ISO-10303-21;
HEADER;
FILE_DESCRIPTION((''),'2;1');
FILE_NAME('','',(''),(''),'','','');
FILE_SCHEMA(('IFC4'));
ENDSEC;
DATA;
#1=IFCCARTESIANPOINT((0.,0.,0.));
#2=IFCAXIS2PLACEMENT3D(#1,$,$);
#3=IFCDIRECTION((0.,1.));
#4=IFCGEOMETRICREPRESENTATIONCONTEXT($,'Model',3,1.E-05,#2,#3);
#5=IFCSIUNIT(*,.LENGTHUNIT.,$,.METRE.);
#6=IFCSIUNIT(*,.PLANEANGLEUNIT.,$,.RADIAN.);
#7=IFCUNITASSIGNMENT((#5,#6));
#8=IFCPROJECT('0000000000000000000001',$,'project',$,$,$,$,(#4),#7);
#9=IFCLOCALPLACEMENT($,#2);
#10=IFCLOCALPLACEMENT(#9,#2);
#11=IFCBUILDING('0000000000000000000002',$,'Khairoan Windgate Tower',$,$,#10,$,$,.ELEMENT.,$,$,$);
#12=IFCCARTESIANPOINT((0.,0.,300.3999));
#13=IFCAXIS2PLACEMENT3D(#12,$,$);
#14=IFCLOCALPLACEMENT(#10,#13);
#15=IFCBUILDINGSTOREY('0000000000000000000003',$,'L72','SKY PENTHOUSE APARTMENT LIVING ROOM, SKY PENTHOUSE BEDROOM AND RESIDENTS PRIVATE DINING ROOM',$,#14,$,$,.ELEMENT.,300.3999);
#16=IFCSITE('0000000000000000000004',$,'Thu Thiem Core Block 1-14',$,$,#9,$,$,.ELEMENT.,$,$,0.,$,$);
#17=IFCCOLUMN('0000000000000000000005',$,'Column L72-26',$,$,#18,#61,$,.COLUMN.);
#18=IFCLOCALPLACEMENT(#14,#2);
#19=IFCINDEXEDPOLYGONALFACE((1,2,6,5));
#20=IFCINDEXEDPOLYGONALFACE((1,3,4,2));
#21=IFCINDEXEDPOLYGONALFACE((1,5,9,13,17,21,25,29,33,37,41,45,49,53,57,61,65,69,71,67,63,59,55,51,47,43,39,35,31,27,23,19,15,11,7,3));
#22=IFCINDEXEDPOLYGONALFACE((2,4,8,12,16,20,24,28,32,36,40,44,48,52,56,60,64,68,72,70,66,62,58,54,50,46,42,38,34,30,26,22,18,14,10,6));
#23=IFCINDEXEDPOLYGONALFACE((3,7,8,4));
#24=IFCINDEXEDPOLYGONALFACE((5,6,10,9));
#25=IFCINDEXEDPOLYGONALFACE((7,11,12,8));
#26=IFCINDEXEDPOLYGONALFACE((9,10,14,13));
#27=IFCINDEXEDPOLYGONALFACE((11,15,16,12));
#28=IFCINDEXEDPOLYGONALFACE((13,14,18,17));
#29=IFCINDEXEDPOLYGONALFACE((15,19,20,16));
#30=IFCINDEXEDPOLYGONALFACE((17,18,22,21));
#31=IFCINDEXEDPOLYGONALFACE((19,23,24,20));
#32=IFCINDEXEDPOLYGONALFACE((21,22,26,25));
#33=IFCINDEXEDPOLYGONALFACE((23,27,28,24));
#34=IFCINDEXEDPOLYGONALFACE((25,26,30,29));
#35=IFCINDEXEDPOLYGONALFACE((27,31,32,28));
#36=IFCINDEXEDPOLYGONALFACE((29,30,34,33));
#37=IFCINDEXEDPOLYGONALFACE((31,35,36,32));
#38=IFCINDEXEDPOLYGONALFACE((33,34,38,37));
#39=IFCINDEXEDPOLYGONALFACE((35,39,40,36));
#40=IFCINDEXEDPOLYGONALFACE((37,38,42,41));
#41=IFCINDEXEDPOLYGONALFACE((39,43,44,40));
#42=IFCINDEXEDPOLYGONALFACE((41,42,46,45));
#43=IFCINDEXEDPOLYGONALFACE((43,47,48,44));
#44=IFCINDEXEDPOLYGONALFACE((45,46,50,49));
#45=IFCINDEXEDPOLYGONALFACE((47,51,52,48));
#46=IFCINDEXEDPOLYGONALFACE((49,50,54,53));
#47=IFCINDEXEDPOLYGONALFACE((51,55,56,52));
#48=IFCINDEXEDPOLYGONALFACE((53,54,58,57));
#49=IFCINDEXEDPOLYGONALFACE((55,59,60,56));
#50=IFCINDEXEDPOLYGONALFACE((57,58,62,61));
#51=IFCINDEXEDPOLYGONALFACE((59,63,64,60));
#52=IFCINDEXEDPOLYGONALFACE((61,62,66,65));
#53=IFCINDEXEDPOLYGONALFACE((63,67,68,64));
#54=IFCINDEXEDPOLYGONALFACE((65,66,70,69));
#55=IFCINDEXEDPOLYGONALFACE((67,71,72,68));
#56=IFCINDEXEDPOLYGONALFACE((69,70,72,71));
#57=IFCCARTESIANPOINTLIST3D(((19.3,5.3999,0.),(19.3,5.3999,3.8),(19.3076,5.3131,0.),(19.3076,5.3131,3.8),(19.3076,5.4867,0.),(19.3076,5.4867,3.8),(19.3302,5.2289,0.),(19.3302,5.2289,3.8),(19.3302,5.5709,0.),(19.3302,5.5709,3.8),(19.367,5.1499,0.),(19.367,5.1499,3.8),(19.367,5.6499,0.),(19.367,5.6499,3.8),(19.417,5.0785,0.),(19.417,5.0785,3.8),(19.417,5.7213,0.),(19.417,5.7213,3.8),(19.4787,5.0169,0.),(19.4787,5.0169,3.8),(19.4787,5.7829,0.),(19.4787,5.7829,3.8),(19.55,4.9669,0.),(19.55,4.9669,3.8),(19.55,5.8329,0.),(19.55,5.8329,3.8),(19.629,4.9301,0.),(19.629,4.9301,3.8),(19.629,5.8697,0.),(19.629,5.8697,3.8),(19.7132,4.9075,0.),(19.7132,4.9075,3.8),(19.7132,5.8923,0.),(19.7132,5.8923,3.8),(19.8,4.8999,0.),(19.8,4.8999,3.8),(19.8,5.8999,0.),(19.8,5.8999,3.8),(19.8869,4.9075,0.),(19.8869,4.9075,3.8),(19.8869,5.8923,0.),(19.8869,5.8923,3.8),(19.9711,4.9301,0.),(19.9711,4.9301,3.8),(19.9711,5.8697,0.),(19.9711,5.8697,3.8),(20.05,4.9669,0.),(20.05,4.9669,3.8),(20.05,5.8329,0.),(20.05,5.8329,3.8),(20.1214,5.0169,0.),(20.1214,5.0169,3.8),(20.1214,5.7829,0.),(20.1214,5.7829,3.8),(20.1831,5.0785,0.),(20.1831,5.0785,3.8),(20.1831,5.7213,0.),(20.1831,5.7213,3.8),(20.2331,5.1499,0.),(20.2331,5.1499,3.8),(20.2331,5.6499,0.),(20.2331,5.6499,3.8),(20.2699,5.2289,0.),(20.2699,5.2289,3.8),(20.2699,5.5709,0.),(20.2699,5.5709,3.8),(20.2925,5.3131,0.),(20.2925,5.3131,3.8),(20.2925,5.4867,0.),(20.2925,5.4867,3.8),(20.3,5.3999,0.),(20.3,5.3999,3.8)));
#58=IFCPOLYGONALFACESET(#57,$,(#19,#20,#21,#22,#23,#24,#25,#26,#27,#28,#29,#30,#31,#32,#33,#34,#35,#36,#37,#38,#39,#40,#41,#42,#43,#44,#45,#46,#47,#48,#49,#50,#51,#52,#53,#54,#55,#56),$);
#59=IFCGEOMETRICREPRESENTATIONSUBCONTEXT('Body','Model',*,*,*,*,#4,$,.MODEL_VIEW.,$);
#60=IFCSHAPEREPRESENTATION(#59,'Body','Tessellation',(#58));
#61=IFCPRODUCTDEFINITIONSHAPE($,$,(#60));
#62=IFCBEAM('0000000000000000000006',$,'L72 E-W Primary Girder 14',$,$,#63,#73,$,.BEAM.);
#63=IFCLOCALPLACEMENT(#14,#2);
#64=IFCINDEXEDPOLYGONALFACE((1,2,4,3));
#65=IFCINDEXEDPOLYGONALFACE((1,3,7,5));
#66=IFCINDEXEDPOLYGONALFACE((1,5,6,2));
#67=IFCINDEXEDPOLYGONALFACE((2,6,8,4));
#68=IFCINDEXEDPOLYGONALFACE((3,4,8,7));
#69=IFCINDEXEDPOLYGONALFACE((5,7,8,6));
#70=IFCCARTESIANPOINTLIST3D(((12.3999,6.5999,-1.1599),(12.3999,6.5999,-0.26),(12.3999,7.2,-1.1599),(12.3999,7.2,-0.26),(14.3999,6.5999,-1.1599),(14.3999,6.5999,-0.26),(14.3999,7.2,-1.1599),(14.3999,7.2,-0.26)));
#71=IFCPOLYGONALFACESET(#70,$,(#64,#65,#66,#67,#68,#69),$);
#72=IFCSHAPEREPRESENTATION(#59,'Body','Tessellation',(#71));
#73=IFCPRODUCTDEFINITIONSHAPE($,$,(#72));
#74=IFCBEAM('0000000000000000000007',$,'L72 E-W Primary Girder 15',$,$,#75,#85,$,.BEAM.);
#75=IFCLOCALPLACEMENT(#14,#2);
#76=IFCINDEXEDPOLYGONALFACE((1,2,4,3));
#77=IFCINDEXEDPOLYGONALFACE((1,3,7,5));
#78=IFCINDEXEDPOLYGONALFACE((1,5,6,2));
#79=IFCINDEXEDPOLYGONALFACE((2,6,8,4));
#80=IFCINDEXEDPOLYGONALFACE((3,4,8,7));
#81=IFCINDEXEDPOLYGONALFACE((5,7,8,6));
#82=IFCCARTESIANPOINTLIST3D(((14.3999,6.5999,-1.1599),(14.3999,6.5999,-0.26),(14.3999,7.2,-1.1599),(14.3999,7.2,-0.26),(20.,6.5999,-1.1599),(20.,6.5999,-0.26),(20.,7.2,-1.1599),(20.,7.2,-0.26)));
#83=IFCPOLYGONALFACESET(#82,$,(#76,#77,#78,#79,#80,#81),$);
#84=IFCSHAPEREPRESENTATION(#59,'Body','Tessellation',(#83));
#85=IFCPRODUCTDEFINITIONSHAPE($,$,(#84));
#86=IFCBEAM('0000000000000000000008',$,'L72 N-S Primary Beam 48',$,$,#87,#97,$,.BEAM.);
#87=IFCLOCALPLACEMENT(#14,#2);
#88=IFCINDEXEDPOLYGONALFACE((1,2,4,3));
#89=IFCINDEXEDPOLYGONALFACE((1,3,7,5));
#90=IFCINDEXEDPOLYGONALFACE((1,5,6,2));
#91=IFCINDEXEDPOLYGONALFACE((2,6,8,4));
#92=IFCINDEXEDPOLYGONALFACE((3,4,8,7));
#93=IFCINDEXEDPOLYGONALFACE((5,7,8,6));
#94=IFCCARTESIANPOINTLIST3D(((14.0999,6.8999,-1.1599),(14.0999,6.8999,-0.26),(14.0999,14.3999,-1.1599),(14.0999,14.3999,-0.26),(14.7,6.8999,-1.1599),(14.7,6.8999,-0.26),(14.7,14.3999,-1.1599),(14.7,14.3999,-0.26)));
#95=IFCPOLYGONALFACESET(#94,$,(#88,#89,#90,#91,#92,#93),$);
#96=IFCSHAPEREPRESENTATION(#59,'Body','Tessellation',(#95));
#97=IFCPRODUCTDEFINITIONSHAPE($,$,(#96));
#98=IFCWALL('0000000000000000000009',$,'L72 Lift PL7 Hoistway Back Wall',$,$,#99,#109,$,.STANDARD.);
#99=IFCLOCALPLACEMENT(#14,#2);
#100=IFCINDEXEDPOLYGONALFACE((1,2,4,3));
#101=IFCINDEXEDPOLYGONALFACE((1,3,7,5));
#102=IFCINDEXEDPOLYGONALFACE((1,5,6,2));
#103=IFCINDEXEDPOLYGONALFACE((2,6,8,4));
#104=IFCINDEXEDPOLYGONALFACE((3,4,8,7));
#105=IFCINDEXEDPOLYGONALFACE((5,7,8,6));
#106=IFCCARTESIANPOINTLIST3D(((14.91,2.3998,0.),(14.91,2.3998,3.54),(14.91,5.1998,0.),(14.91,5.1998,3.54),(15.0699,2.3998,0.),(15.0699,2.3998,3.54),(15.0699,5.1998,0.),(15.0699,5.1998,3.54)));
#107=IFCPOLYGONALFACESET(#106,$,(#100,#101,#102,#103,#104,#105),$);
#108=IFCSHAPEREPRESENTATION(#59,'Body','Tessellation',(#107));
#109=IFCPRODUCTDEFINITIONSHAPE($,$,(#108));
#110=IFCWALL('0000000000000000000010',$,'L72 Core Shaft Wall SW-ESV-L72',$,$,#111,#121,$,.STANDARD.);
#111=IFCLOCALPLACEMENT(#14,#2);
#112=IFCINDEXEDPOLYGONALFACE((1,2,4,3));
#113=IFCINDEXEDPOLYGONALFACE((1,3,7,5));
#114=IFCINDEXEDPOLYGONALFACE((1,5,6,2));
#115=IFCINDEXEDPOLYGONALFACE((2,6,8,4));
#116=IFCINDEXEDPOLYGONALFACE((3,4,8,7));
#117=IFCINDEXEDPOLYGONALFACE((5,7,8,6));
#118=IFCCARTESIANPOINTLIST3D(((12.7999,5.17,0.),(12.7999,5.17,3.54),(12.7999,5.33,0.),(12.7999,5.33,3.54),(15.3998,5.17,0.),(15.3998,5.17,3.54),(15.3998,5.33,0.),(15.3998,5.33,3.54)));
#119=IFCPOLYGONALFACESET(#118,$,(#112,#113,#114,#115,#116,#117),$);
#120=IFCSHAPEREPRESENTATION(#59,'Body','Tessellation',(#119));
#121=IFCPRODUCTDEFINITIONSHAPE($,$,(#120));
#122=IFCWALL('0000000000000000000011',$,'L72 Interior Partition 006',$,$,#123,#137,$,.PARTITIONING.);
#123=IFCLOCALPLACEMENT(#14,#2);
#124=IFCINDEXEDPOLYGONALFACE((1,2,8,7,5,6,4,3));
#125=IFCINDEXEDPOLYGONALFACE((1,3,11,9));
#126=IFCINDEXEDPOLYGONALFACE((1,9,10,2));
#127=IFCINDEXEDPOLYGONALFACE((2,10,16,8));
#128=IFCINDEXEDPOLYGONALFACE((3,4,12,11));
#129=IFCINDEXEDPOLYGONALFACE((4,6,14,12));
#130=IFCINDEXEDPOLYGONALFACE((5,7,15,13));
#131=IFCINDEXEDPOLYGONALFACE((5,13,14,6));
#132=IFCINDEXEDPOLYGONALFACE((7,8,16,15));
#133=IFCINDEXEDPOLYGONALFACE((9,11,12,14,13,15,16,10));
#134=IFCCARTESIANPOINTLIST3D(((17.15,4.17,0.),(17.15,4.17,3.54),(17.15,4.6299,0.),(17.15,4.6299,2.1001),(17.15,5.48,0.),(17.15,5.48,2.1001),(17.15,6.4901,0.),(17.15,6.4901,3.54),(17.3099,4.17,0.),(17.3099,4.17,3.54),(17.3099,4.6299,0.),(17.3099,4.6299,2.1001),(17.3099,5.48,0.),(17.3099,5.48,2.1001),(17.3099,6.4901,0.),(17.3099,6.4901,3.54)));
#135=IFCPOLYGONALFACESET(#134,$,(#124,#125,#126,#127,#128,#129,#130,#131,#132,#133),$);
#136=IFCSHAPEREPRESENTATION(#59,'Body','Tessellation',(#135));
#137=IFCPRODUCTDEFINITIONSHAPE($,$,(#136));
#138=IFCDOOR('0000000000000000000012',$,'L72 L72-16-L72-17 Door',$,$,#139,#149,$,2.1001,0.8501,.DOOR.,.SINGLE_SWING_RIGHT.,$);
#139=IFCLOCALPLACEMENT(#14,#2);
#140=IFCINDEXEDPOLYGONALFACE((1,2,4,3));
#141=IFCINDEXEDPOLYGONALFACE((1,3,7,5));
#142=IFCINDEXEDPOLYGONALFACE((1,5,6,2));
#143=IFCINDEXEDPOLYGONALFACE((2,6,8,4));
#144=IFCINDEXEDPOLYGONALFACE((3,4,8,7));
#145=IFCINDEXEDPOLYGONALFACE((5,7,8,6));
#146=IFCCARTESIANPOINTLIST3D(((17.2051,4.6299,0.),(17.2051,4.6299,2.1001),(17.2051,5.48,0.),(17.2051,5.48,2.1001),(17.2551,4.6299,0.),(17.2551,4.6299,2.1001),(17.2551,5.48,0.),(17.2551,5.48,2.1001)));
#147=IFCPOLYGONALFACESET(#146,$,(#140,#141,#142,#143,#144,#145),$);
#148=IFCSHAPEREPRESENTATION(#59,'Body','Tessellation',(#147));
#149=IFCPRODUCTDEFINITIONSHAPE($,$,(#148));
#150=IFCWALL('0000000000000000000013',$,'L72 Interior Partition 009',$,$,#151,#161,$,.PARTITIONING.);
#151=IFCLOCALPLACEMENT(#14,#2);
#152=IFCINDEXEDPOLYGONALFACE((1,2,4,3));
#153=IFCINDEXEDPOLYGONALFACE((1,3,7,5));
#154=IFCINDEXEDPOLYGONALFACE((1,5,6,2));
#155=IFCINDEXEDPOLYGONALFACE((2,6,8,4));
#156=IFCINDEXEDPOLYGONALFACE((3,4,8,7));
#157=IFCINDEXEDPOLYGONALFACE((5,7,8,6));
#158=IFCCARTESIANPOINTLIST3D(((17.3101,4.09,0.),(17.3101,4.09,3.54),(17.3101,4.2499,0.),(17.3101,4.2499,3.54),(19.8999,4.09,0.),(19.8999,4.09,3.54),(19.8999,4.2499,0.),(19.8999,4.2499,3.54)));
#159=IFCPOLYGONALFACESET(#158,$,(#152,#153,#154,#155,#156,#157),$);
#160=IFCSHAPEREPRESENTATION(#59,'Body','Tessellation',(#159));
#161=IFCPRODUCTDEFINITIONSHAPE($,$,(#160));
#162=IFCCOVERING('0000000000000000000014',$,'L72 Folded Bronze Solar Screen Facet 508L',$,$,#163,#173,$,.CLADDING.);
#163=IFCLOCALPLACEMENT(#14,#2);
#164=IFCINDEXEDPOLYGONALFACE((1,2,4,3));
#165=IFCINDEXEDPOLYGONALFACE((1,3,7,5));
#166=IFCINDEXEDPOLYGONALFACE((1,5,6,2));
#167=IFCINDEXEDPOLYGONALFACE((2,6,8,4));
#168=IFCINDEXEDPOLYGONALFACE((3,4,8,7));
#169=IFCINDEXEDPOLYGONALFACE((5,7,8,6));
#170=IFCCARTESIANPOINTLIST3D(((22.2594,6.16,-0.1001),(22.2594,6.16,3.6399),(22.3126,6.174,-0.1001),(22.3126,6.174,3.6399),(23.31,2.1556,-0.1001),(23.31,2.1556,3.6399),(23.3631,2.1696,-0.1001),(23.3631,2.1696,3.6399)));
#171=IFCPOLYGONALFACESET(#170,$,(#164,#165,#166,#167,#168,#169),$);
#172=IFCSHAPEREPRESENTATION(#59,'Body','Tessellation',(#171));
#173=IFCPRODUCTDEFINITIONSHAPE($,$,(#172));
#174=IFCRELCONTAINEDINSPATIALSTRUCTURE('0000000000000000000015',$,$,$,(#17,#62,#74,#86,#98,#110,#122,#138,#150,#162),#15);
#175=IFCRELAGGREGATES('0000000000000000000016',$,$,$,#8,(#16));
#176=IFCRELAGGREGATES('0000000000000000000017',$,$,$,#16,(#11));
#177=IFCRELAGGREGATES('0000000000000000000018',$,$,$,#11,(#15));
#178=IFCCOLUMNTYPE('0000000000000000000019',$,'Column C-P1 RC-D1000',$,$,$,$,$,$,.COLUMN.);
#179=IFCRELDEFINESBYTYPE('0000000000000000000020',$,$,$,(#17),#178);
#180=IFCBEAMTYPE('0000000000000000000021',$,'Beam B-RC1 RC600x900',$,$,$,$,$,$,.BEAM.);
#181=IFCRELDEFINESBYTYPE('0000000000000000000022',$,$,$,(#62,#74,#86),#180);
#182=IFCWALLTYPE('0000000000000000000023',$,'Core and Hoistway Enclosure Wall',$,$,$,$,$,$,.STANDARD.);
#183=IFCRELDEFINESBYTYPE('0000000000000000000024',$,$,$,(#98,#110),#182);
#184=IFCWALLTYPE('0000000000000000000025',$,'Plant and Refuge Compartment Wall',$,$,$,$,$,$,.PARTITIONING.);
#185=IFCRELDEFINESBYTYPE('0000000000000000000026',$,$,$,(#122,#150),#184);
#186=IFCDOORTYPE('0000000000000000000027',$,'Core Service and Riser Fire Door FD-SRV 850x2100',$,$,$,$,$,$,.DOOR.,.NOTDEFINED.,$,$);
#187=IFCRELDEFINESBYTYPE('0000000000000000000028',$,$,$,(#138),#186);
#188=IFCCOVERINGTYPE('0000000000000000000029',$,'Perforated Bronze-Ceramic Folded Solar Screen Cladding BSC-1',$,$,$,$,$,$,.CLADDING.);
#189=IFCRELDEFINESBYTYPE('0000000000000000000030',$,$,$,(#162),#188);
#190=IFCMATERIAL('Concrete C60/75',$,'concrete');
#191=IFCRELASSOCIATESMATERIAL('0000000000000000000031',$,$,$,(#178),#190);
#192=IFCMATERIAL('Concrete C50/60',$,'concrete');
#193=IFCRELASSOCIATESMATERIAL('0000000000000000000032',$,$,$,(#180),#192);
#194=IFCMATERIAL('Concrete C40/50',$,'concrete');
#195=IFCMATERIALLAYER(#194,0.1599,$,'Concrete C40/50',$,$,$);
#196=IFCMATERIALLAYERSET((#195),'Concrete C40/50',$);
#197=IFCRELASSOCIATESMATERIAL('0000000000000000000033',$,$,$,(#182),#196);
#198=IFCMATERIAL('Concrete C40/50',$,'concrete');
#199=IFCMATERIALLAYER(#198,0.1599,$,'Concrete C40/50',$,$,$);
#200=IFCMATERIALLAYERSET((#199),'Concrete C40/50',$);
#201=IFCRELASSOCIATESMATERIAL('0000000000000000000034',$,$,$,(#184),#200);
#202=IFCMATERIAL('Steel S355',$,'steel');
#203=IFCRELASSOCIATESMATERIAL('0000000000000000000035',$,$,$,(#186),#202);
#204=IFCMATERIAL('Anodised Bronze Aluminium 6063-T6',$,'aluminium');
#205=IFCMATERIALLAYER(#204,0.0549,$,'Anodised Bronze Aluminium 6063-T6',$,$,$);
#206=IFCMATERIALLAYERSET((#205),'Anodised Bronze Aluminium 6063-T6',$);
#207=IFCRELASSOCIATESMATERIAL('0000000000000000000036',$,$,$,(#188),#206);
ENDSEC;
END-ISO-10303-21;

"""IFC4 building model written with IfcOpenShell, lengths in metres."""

from ifc_helpers import new_model, si_unit, direction, frame, frame_2d, origin, origin_2d, place, context, subcontext, project, spatial, rectangle, circle, extrude, material, layer, layer_set, material_profile, profile_set, type_object, element, fill, save


model = new_model("IFC4")

# Units and contexts
model_context = context("Model", 3, precision=1e-05, world=origin(), true_north=direction((0.0, 1.0)))
body_context = subcontext(model_context, "Body", "Model", "MODEL_VIEW")
ifc_project = project(units=[si_unit("LENGTHUNIT", "METRE"), si_unit("PLANEANGLEUNIT", "RADIAN")], contexts=[model_context])

# Site, building, storey
site_placement = place(None, origin())
site = spatial("IfcSite", under=ifc_project, at=site_placement, Name="Thu Thiem Core Block 1-14", CompositionType="ELEMENT", RefElevation=0.0)
building_placement = place(site_placement, origin())
building = spatial("IfcBuilding", under=site, at=building_placement, Name="Khairoan Windgate Tower", CompositionType="ELEMENT")
storey_placement = place(building_placement, frame((0.0, 0.0, 300.3999)))
storey = spatial("IfcBuildingStorey", under=building, at=storey_placement, Name="L72", Description="SKY PENTHOUSE APARTMENT LIVING ROOM, SKY PENTHOUSE BEDROOM AND RESIDENTS PRIVATE DINING ROOM", CompositionType="ELEMENT", Elevation=300.3999)

# Column
ifc_material_1 = material(Name="Concrete C60/75", Category="concrete")
ifc_material_profile_1 = material_profile(ifc_material_1, circle(Radius=0.5, at=origin_2d()))
ifc_profile_set_1 = profile_set([ifc_material_profile_1], Name="Concrete C60/75")
column_type = type_object("IfcColumnType", Name="Column C-P1 RC-D1000", PredefinedType="COLUMN", material=ifc_profile_set_1)
column_placement = place(storey_placement, frame((19.8, 5.3999, 0.0), z_axis=(0.0, 0.0, 1.0), x_axis=(1.0, 0.0, 0.0)))
element("IfcColumn", 1, at=column_placement, inside=storey, type_object=column_type, Name="Column L72-26", PredefinedType="COLUMN", context=body_context, shape_type="SweptSolid", body=[
    extrude(circle(Radius=0.5, at=origin_2d()), origin(), (0.0, 0.0, 1.0), 3.8),
])

# Beams
ifc_material_2 = material(Name="Concrete C50/60", Category="concrete")
ifc_material_profile_2 = material_profile(ifc_material_2, rectangle(XDim=0.6001, YDim=0.8999, at=origin_2d()))
ifc_profile_set_2 = profile_set([ifc_material_profile_2], Name="Concrete C50/60")
beam_type = type_object("IfcBeamType", Name="Beam B-RC1 RC600x900", PredefinedType="BEAM", material=ifc_profile_set_2)
beam_1_placement = place(storey_placement, frame((12.3999, 6.8999, -0.71), z_axis=(1.0, 0.0, 0.0), x_axis=(0.0, 1.0, 0.0)))
element("IfcBeam", 2, at=beam_1_placement, inside=storey, type_object=beam_type, Name="L72 E-W Primary Girder 14", PredefinedType="BEAM", context=body_context, shape_type="SweptSolid", body=[
    extrude(rectangle(XDim=0.6001, YDim=0.8999, at=origin_2d()), origin(), (0.0, 0.0, 1.0), 2.0),
])
beam_2_placement = place(storey_placement, frame((14.3999, 6.8999, -0.71), z_axis=(1.0, 0.0, 0.0), x_axis=(0.0, 1.0, 0.0)))
element("IfcBeam", 3, at=beam_2_placement, inside=storey, type_object=beam_type, Name="L72 E-W Primary Girder 15", PredefinedType="BEAM", context=body_context, shape_type="SweptSolid", body=[
    extrude(rectangle(XDim=0.6001, YDim=0.8999, at=origin_2d()), origin(), (0.0, 0.0, 1.0), 5.6001),
])
beam_3_placement = place(storey_placement, frame((14.3999, 6.8999, -0.71), z_axis=(0.0, 1.0, 0.0), x_axis=(-1.0, 0.0, 0.0)))
element("IfcBeam", 4, at=beam_3_placement, inside=storey, type_object=beam_type, Name="L72 N-S Primary Beam 48", PredefinedType="BEAM", context=body_context, shape_type="SweptSolid", body=[
    extrude(rectangle(XDim=0.6001, YDim=0.8999, at=origin_2d()), origin(), (0.0, 0.0, 1.0), 7.5),
])

# Walls
ifc_material_3 = material(Name="Concrete C40/50", Category="concrete")
ifc_layer_1 = layer(ifc_material_3, 0.1599, Name="Concrete C40/50")
ifc_layer_set_1 = layer_set([ifc_layer_1], Name="Concrete C40/50")
wall_type_1 = type_object("IfcWallType", Name="Core and Hoistway Enclosure Wall", PredefinedType="STANDARD", material=ifc_layer_set_1)
wall_1_placement = place(storey_placement, frame((14.99, 2.3999, 0.0), z_axis=(0.0, 0.0, 1.0), x_axis=(0.0, 1.0, 0.0)))
element("IfcWall", 5, at=wall_1_placement, inside=storey, type_object=wall_type_1, Name="L72 Lift PL7 Hoistway Back Wall", PredefinedType="STANDARD", context=body_context, shape_type="SweptSolid", body=[
    extrude(rectangle(XDim=2.8, YDim=0.1599, at=frame_2d((1.3999, 0.0))), origin(), (0.0, 0.0, 1.0), 3.54),
])
wall_2_placement = place(storey_placement, frame((12.8, 5.25, 0.0), z_axis=(0.0, 0.0, 1.0), x_axis=(1.0, 0.0, 0.0)))
element("IfcWall", 6, at=wall_2_placement, inside=storey, type_object=wall_type_1, Name="L72 Core Shaft Wall SW-ESV-L72", PredefinedType="STANDARD", context=body_context, shape_type="SweptSolid", body=[
    extrude(rectangle(XDim=2.5999, YDim=0.1599, at=frame_2d((1.2998, 0.0))), origin(), (0.0, 0.0, 1.0), 3.54),
])

# Wall, opening, door
ifc_material_4 = material(Name="Concrete C40/50", Category="concrete")
ifc_layer_2 = layer(ifc_material_4, 0.1599, Name="Concrete C40/50")
ifc_layer_set_2 = layer_set([ifc_layer_2], Name="Concrete C40/50")
wall_type_2 = type_object("IfcWallType", Name="Plant and Refuge Compartment Wall", PredefinedType="PARTITIONING", material=ifc_layer_set_2)
wall_3_placement = place(storey_placement, frame((17.23, 4.1699, 0.0), z_axis=(0.0, 0.0, 1.0), x_axis=(0.0, 1.0, 0.0)))
wall_3 = element("IfcWall", 7, at=wall_3_placement, inside=storey, type_object=wall_type_2, Name="L72 Interior Partition 006", PredefinedType="PARTITIONING", context=body_context, shape_type="SweptSolid", body=[
    extrude(rectangle(XDim=2.3201, YDim=0.1599, at=frame_2d((1.1602, 0.0))), origin(), (0.0, 0.0, 1.0), 3.54),
])
opening_placement = place(wall_3_placement, frame((0.46, 0.0, 0.0)))
opening = element("IfcOpeningElement", 8, at=opening_placement, cuts=wall_3, PredefinedType="OPENING", context=body_context, shape_type="SweptSolid", body=[
    extrude(rectangle(XDim=0.8501, YDim=2.1001, at=frame_2d((0.425, 1.05))), frame((0.0, 0.0898, 0.0), z_axis=(0.0, -1.0, 0.0), x_axis=(1.0, 0.0, 0.0)), (0.0, 0.0, 1.0), 0.1799),
])
ifc_material_5 = material(Name="Steel S355", Category="steel")
door_type = type_object("IfcDoorType", Name="Core Service and Riser Fire Door FD-SRV 850x2100", OperationType="NOTDEFINED", PredefinedType="DOOR", material=ifc_material_5)
door_placement = place(opening_placement, origin())
door = element("IfcDoor", 9, at=door_placement, inside=storey, type_object=door_type, Name="L72 L72-16-L72-17 Door", OperationType="SINGLE_SWING_RIGHT", OverallHeight=2.1001, OverallWidth=0.8501, PredefinedType="DOOR", context=body_context, shape_type="SweptSolid", body=[
    extrude(rectangle(XDim=0.8501, YDim=2.1001, at=frame_2d((0.425, 1.05))), frame((0.0, 0.0249, 0.0), z_axis=(0.0, -1.0, 0.0), x_axis=(1.0, 0.0, 0.0)), (0.0, 0.0, 1.0), 0.05),
])
fill(opening, door)

# Wall
wall_4_placement = place(storey_placement, frame((17.3101, 4.1699, 0.0), z_axis=(0.0, 0.0, 1.0), x_axis=(1.0, 0.0, 0.0)))
element("IfcWall", 10, at=wall_4_placement, inside=storey, type_object=wall_type_2, Name="L72 Interior Partition 009", PredefinedType="PARTITIONING", context=body_context, shape_type="SweptSolid", body=[
    extrude(rectangle(XDim=2.5898, YDim=0.1599, at=frame_2d((1.2949, 0.0))), origin(), (0.0, 0.0, 1.0), 3.54),
])

# Covering
ifc_material_6 = material(Name="Anodised Bronze Aluminium 6063-T6", Category="aluminium")
ifc_layer_3 = layer(ifc_material_6, 0.0549, Name="Anodised Bronze Aluminium 6063-T6")
ifc_layer_set_3 = layer_set([ifc_layer_3], Name="Anodised Bronze Aluminium 6063-T6")
covering_type = type_object("IfcCoveringType", Name="Perforated Bronze-Ceramic Folded Solar Screen Cladding BSC-1", PredefinedType="CLADDING", material=ifc_layer_set_3)
covering_placement = place(storey_placement, frame((22.8113, 4.1648, -0.1001), z_axis=(0.0, 0.0, 1.0), x_axis=(0.253758, -0.967268, 0.0)))
element("IfcCovering", 11, at=covering_placement, inside=storey, type_object=covering_type, Name="L72 Folded Bronze Solar Screen Facet 508L", PredefinedType="CLADDING", context=body_context, shape_type="SweptSolid", body=[
    extrude(rectangle(XDim=4.1399, YDim=0.0549, at=origin_2d()), origin(), (0.0, 0.0, 1.0), 3.74),
])

save(model, "model.ifc")
